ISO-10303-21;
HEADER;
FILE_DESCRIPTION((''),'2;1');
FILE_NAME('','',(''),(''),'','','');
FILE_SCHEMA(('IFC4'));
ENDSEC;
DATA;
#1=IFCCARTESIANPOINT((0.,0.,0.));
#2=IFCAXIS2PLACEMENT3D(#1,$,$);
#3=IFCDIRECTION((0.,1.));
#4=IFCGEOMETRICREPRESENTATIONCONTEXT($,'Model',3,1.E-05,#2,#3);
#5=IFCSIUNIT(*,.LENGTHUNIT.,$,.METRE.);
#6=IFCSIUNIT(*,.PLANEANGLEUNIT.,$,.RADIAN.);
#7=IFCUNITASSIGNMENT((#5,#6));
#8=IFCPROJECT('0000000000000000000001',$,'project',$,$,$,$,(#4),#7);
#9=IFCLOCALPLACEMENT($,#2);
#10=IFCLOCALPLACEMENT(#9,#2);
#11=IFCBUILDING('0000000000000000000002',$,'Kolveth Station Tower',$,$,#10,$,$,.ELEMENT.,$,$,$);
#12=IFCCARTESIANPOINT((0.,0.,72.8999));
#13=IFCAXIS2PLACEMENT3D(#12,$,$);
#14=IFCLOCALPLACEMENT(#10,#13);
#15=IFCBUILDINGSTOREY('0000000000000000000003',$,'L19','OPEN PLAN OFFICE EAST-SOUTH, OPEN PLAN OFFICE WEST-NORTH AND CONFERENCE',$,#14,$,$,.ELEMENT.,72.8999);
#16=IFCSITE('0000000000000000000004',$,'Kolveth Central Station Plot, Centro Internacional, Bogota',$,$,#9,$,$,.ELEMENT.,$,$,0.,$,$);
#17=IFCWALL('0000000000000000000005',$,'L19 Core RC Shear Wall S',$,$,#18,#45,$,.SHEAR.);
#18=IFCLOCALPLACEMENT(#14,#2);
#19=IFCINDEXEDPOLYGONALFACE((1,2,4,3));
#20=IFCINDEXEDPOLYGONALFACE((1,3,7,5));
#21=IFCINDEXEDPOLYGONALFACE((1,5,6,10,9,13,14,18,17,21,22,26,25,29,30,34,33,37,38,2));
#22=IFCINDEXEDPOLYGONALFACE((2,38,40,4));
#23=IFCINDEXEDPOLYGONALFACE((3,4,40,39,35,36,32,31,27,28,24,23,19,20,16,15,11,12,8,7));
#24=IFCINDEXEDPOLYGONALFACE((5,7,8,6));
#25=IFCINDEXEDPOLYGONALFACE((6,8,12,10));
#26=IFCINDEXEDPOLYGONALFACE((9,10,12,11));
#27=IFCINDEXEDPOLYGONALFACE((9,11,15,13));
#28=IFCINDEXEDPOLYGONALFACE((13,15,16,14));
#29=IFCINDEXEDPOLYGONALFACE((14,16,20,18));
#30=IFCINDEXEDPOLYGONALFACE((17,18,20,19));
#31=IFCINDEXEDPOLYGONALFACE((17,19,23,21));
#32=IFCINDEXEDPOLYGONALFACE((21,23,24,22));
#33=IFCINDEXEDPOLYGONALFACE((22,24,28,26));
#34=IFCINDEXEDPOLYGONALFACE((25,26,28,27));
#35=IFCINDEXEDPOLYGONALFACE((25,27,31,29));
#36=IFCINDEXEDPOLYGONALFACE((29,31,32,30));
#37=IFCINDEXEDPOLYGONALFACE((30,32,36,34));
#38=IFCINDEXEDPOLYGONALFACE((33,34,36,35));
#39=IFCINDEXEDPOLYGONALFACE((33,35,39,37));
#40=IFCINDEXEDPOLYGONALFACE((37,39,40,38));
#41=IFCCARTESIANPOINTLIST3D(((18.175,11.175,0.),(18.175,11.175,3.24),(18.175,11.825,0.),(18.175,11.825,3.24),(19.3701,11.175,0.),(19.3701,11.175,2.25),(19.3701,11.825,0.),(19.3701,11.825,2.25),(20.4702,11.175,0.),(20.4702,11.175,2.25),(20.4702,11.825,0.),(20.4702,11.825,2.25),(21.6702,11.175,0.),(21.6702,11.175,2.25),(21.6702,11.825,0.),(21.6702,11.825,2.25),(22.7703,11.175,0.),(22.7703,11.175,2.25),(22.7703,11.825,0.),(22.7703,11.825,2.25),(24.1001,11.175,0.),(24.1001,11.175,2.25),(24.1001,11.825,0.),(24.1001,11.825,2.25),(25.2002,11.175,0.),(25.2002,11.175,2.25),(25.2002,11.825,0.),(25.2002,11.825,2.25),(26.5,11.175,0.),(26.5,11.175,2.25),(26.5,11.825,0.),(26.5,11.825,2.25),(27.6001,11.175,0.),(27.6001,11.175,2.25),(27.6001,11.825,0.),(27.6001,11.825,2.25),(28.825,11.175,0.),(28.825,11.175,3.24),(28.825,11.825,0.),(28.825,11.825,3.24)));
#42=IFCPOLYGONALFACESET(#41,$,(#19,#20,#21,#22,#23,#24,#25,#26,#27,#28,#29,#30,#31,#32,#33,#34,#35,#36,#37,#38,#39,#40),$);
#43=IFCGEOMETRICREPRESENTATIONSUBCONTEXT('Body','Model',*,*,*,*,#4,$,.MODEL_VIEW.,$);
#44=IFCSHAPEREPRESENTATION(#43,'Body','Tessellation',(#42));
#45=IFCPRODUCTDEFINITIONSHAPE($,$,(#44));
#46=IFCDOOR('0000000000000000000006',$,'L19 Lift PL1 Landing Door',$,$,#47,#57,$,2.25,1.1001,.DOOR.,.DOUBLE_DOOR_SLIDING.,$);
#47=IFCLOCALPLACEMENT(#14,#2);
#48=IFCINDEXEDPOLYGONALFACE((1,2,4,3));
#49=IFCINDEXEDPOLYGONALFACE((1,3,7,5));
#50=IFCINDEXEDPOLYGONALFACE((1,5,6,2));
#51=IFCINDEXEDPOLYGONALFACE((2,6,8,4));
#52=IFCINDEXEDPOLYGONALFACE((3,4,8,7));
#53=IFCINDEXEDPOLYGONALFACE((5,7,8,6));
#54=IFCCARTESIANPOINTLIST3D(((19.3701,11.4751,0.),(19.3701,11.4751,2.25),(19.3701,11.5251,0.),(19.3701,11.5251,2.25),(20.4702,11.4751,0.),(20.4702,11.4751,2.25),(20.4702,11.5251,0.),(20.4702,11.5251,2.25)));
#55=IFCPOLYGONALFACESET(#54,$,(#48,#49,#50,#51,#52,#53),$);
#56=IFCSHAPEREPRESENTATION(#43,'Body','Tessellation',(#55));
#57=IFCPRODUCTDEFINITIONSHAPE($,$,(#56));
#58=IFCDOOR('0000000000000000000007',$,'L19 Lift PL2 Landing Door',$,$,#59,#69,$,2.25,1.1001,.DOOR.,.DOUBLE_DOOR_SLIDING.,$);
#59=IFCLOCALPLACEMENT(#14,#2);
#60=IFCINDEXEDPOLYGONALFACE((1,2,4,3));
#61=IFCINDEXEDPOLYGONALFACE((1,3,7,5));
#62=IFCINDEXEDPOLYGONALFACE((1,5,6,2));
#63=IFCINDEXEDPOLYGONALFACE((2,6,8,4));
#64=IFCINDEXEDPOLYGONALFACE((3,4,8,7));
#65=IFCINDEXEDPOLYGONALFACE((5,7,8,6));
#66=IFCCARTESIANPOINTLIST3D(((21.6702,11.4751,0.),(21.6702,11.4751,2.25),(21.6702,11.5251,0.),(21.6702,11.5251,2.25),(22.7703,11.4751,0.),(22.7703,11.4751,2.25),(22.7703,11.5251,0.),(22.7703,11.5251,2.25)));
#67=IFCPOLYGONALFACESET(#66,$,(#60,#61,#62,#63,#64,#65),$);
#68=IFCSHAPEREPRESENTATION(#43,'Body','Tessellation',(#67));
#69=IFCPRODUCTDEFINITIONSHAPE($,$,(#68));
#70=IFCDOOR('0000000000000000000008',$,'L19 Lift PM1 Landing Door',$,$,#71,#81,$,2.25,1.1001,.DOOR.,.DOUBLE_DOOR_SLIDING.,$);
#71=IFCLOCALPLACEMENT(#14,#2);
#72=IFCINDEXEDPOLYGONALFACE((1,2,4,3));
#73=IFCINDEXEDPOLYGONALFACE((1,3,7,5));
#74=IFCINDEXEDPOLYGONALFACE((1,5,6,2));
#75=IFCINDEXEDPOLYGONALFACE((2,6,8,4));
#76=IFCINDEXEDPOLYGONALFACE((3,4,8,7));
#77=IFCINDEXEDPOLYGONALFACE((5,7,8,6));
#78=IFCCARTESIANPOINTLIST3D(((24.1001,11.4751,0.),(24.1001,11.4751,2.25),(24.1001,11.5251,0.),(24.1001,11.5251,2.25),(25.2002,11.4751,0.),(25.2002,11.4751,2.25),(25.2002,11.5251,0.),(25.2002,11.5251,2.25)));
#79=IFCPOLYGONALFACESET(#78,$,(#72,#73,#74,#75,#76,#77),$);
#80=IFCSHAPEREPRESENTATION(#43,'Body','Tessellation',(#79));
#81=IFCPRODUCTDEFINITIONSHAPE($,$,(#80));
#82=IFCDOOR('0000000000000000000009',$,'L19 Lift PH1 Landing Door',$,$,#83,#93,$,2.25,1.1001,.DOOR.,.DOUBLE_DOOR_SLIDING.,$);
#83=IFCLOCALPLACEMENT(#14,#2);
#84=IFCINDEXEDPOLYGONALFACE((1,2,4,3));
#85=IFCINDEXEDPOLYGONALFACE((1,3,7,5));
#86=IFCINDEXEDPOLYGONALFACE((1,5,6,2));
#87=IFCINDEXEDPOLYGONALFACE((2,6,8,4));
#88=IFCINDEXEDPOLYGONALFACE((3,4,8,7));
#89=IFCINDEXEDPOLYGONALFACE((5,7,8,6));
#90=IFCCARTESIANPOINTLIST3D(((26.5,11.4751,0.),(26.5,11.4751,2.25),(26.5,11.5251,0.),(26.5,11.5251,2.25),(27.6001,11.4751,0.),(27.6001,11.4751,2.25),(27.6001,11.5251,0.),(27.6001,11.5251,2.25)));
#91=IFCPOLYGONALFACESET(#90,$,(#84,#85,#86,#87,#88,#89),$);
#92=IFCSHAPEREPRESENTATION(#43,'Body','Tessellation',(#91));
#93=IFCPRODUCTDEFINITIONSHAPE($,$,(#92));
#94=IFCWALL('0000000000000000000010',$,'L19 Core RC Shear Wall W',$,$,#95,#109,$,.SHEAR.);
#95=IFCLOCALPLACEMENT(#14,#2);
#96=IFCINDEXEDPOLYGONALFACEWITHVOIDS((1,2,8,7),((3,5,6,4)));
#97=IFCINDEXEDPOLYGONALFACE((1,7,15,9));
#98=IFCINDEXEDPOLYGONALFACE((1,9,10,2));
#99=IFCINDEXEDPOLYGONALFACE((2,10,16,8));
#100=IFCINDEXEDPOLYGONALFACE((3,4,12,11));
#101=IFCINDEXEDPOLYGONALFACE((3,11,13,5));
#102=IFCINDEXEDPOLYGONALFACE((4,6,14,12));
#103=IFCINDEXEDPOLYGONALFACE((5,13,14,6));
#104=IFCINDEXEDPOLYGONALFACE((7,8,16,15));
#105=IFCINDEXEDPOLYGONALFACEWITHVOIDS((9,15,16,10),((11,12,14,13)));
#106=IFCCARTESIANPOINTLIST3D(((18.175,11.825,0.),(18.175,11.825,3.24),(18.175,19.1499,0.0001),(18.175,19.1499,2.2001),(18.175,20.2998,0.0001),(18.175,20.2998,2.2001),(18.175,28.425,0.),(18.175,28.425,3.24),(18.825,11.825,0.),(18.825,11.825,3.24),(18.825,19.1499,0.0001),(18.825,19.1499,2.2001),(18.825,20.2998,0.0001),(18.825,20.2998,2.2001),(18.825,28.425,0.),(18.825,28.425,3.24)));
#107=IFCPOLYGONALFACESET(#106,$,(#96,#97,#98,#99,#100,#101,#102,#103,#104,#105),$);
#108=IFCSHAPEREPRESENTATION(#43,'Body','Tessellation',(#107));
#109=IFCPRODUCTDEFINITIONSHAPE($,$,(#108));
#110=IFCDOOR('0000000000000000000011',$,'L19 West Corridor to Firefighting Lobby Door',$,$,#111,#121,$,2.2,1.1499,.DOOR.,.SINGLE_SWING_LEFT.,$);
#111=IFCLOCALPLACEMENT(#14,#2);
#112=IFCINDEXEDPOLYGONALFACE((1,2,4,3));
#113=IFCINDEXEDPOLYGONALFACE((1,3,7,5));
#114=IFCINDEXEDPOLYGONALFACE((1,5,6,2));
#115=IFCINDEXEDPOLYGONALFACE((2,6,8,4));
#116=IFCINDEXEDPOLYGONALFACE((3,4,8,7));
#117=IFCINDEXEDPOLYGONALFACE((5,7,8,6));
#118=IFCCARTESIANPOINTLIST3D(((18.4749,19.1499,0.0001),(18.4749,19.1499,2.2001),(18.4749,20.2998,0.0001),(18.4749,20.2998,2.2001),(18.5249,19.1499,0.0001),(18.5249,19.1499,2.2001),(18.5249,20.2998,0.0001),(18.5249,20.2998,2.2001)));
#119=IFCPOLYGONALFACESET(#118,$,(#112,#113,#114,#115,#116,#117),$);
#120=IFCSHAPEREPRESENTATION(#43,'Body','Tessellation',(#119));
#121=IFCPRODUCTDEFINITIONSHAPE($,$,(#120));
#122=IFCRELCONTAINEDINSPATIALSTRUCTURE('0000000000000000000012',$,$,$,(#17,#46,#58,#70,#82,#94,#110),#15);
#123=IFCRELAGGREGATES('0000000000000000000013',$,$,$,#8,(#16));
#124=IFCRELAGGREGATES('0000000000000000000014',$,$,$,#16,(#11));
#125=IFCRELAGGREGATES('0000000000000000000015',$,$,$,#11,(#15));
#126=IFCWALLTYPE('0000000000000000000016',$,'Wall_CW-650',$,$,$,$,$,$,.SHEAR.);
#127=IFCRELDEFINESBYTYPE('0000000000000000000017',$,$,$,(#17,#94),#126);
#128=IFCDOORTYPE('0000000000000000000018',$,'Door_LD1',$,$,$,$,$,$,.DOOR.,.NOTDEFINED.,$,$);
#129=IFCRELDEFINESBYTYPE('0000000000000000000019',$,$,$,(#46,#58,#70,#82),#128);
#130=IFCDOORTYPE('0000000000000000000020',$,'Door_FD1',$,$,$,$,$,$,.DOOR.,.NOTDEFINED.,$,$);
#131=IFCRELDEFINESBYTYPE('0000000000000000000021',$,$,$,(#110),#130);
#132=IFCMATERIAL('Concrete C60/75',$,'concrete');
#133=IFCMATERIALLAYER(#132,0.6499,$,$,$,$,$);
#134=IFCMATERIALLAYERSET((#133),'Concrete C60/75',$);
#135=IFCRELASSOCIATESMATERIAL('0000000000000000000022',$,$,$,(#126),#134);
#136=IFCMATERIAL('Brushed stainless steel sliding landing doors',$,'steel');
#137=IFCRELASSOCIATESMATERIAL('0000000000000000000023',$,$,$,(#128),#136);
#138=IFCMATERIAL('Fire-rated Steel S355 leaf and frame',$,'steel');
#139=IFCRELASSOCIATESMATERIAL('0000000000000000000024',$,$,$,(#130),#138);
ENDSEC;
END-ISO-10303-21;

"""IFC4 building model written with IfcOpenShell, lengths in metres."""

from ifc_helpers import new_model, si_unit, direction, frame, frame_2d, origin, place, context, subcontext, project, spatial, rectangle, extrude, material, layer, layer_set, type_object, element, fill, save


model = new_model("IFC4")

# Units and contexts
model_context = context("Model", 3, precision=1e-05, world=origin(), true_north=direction((0.0, 1.0)))
body_context = subcontext(model_context, "Body", "Model", "MODEL_VIEW")
ifc_project = project(units=[si_unit("LENGTHUNIT", "METRE"), si_unit("PLANEANGLEUNIT", "RADIAN")], contexts=[model_context])

# Site, building, storey
site_placement = place(None, origin())
site = spatial("IfcSite", under=ifc_project, at=site_placement, Name="Kolveth Central Station Plot, Centro Internacional, Bogota", CompositionType="ELEMENT", RefElevation=0.0)
building_placement = place(site_placement, origin())
building = spatial("IfcBuilding", under=site, at=building_placement, Name="Kolveth Station Tower", CompositionType="ELEMENT")
storey_placement = place(building_placement, frame((0.0, 0.0, 72.8999)))
storey = spatial("IfcBuildingStorey", under=building, at=storey_placement, Name="L19", Description="OPEN PLAN OFFICE EAST-SOUTH, OPEN PLAN OFFICE WEST-NORTH AND CONFERENCE", CompositionType="ELEMENT", Elevation=72.8999)

# Wall, openings, doors
ifc_material_1 = material(Name="Concrete C60/75", Category="concrete")
ifc_layer_1 = layer(ifc_material_1, 0.6499)
ifc_layer_set_1 = layer_set([ifc_layer_1], Name="Concrete C60/75")
wall_type_1 = type_object("IfcWallType", Name="Wall_CW-650", PredefinedType="SHEAR", material=ifc_layer_set_1)
wall_1_placement = place(storey_placement, frame((18.175, 11.5, 0.0), z_axis=(0.0, 0.0, 1.0), x_axis=(1.0, 0.0, 0.0)))
wall_1 = element("IfcWall", 1, at=wall_1_placement, inside=storey, type_object=wall_type_1, Name="L19 Core RC Shear Wall S", PredefinedType="SHEAR", context=body_context, shape_type="SweptSolid", body=[
    extrude(rectangle(XDim=10.6499, YDim=0.6499, at=frame_2d((5.325, 0.0))), origin(), (0.0, 0.0, 1.0), 3.24),
])
opening_1_placement = place(wall_1_placement, frame((1.1951, 0.0, 0.0)))
opening_1 = element("IfcOpeningElement", 2, at=opening_1_placement, cuts=wall_1, PredefinedType="OPENING", context=body_context, shape_type="SweptSolid", body=[
    extrude(rectangle(XDim=1.1001, YDim=2.25, at=frame_2d((0.55, 1.125))), frame((0.0, 0.335, 0.0), z_axis=(0.0, -1.0, 0.0), x_axis=(1.0, 0.0, 0.0)), (0.0, 0.0, 1.0), 0.6699),
])
opening_2_placement = place(wall_1_placement, frame((3.4951, 0.0, 0.0)))
opening_2 = element("IfcOpeningElement", 3, at=opening_2_placement, cuts=wall_1, PredefinedType="OPENING", context=body_context, shape_type="SweptSolid", body=[
    extrude(rectangle(XDim=1.1001, YDim=2.25, at=frame_2d((0.55, 1.125))), frame((0.0, 0.335, 0.0), z_axis=(0.0, -1.0, 0.0), x_axis=(1.0, 0.0, 0.0)), (0.0, 0.0, 1.0), 0.6699),
])
opening_3_placement = place(wall_1_placement, frame((5.925, 0.0, 0.0)))
opening_3 = element("IfcOpeningElement", 4, at=opening_3_placement, cuts=wall_1, PredefinedType="OPENING", context=body_context, shape_type="SweptSolid", body=[
    extrude(rectangle(XDim=1.1001, YDim=2.25, at=frame_2d((0.55, 1.125))), frame((0.0, 0.335, 0.0), z_axis=(0.0, -1.0, 0.0), x_axis=(1.0, 0.0, 0.0)), (0.0, 0.0, 1.0), 0.6699),
])
opening_4_placement = place(wall_1_placement, frame((8.325, 0.0, 0.0)))
opening_4 = element("IfcOpeningElement", 5, at=opening_4_placement, cuts=wall_1, PredefinedType="OPENING", context=body_context, shape_type="SweptSolid", body=[
    extrude(rectangle(XDim=1.1001, YDim=2.25, at=frame_2d((0.55, 1.125))), frame((0.0, 0.335, 0.0), z_axis=(0.0, -1.0, 0.0), x_axis=(1.0, 0.0, 0.0)), (0.0, 0.0, 1.0), 0.6699),
])
ifc_material_2 = material(Name="Brushed stainless steel sliding landing doors", Category="steel")
door_type_1 = type_object("IfcDoorType", Name="Door_LD1", OperationType="NOTDEFINED", PredefinedType="DOOR", material=ifc_material_2)
door_1_placement = place(opening_1_placement, frame((1.1001, 0.0, 0.0), z_axis=(0.0, 0.0, 1.0), x_axis=(-1.0, 0.0, 0.0)))
door_1 = element("IfcDoor", 6, at=door_1_placement, inside=storey, type_object=door_type_1, Name="L19 Lift PL1 Landing Door", OperationType="DOUBLE_DOOR_SLIDING", OverallHeight=2.25, OverallWidth=1.1001, PredefinedType="DOOR", context=body_context, shape_type="SweptSolid", body=[
    extrude(rectangle(XDim=1.1001, YDim=2.25, at=frame_2d((0.55, 1.125))), frame((0.0, 0.0249, 0.0), z_axis=(0.0, -1.0, 0.0), x_axis=(1.0, 0.0, 0.0)), (0.0, 0.0, 1.0), 0.05),
])
fill(opening_1, door_1)
door_2_placement = place(opening_2_placement, frame((1.1001, 0.0, 0.0), z_axis=(0.0, 0.0, 1.0), x_axis=(-1.0, 0.0, 0.0)))
door_2 = element("IfcDoor", 7, at=door_2_placement, inside=storey, type_object=door_type_1, Name="L19 Lift PL2 Landing Door", OperationType="DOUBLE_DOOR_SLIDING", OverallHeight=2.25, OverallWidth=1.1001, PredefinedType="DOOR", context=body_context, shape_type="SweptSolid", body=[
    extrude(rectangle(XDim=1.1001, YDim=2.25, at=frame_2d((0.55, 1.125))), frame((0.0, 0.0249, 0.0), z_axis=(0.0, -1.0, 0.0), x_axis=(1.0, 0.0, 0.0)), (0.0, 0.0, 1.0), 0.05),
])
fill(opening_2, door_2)
door_3_placement = place(opening_3_placement, frame((1.1001, 0.0, 0.0), z_axis=(0.0, 0.0, 1.0), x_axis=(-1.0, 0.0, 0.0)))
door_3 = element("IfcDoor", 8, at=door_3_placement, inside=storey, type_object=door_type_1, Name="L19 Lift PM1 Landing Door", OperationType="DOUBLE_DOOR_SLIDING", OverallHeight=2.25, OverallWidth=1.1001, PredefinedType="DOOR", context=body_context, shape_type="SweptSolid", body=[
    extrude(rectangle(XDim=1.1001, YDim=2.25, at=frame_2d((0.55, 1.125))), frame((0.0, 0.0249, 0.0), z_axis=(0.0, -1.0, 0.0), x_axis=(1.0, 0.0, 0.0)), (0.0, 0.0, 1.0), 0.05),
])
fill(opening_3, door_3)
door_4_placement = place(opening_4_placement, frame((1.1001, 0.0, 0.0), z_axis=(0.0, 0.0, 1.0), x_axis=(-1.0, 0.0, 0.0)))
door_4 = element("IfcDoor", 9, at=door_4_placement, inside=storey, type_object=door_type_1, Name="L19 Lift PH1 Landing Door", OperationType="DOUBLE_DOOR_SLIDING", OverallHeight=2.25, OverallWidth=1.1001, PredefinedType="DOOR", context=body_context, shape_type="SweptSolid", body=[
    extrude(rectangle(XDim=1.1001, YDim=2.25, at=frame_2d((0.55, 1.125))), frame((0.0, 0.0249, 0.0), z_axis=(0.0, -1.0, 0.0), x_axis=(1.0, 0.0, 0.0)), (0.0, 0.0, 1.0), 0.05),
])
fill(opening_4, door_4)

# Wall, opening, door
wall_2_placement = place(storey_placement, frame((18.5, 11.825, 0.0), z_axis=(0.0, 0.0, 1.0), x_axis=(0.0, 1.0, 0.0)))
wall_2 = element("IfcWall", 10, at=wall_2_placement, inside=storey, type_object=wall_type_1, Name="L19 Core RC Shear Wall W", PredefinedType="SHEAR", context=body_context, shape_type="SweptSolid", body=[
    extrude(rectangle(XDim=16.6001, YDim=0.6499, at=frame_2d((8.3, 0.0))), origin(), (0.0, 0.0, 1.0), 3.24),
])
opening_5_placement = place(wall_2_placement, frame((7.325, 0.0, 0.0)))
opening_5 = element("IfcOpeningElement", 11, at=opening_5_placement, cuts=wall_2, PredefinedType="OPENING", context=body_context, shape_type="SweptSolid", body=[
    extrude(rectangle(XDim=1.1499, YDim=2.2, at=frame_2d((0.575, 1.1001))), frame((0.0, 0.335, 0.0), z_axis=(0.0, -1.0, 0.0), x_axis=(1.0, 0.0, 0.0)), (0.0, 0.0, 1.0), 0.6699),
])
ifc_material_3 = material(Name="Fire-rated Steel S355 leaf and frame", Category="steel")
door_type_2 = type_object("IfcDoorType", Name="Door_FD1", OperationType="NOTDEFINED", PredefinedType="DOOR", material=ifc_material_3)
door_5_placement = place(opening_5_placement, frame((1.1499, 0.0, 0.0), z_axis=(0.0, 0.0, 1.0), x_axis=(-1.0, 0.0, 0.0)))
door_5 = element("IfcDoor", 12, at=door_5_placement, inside=storey, type_object=door_type_2, Name="L19 West Corridor to Firefighting Lobby Door", OperationType="SINGLE_SWING_LEFT", OverallHeight=2.2, OverallWidth=1.1499, PredefinedType="DOOR", context=body_context, shape_type="SweptSolid", body=[
    extrude(rectangle(XDim=1.1499, YDim=2.2, at=frame_2d((0.575, 1.1001))), frame((0.0, 0.0249, 0.0), z_axis=(0.0, -1.0, 0.0), x_axis=(1.0, 0.0, 0.0)), (0.0, 0.0, 1.0), 0.05),
])
fill(opening_5, door_5)

save(model, "model.ifc")
